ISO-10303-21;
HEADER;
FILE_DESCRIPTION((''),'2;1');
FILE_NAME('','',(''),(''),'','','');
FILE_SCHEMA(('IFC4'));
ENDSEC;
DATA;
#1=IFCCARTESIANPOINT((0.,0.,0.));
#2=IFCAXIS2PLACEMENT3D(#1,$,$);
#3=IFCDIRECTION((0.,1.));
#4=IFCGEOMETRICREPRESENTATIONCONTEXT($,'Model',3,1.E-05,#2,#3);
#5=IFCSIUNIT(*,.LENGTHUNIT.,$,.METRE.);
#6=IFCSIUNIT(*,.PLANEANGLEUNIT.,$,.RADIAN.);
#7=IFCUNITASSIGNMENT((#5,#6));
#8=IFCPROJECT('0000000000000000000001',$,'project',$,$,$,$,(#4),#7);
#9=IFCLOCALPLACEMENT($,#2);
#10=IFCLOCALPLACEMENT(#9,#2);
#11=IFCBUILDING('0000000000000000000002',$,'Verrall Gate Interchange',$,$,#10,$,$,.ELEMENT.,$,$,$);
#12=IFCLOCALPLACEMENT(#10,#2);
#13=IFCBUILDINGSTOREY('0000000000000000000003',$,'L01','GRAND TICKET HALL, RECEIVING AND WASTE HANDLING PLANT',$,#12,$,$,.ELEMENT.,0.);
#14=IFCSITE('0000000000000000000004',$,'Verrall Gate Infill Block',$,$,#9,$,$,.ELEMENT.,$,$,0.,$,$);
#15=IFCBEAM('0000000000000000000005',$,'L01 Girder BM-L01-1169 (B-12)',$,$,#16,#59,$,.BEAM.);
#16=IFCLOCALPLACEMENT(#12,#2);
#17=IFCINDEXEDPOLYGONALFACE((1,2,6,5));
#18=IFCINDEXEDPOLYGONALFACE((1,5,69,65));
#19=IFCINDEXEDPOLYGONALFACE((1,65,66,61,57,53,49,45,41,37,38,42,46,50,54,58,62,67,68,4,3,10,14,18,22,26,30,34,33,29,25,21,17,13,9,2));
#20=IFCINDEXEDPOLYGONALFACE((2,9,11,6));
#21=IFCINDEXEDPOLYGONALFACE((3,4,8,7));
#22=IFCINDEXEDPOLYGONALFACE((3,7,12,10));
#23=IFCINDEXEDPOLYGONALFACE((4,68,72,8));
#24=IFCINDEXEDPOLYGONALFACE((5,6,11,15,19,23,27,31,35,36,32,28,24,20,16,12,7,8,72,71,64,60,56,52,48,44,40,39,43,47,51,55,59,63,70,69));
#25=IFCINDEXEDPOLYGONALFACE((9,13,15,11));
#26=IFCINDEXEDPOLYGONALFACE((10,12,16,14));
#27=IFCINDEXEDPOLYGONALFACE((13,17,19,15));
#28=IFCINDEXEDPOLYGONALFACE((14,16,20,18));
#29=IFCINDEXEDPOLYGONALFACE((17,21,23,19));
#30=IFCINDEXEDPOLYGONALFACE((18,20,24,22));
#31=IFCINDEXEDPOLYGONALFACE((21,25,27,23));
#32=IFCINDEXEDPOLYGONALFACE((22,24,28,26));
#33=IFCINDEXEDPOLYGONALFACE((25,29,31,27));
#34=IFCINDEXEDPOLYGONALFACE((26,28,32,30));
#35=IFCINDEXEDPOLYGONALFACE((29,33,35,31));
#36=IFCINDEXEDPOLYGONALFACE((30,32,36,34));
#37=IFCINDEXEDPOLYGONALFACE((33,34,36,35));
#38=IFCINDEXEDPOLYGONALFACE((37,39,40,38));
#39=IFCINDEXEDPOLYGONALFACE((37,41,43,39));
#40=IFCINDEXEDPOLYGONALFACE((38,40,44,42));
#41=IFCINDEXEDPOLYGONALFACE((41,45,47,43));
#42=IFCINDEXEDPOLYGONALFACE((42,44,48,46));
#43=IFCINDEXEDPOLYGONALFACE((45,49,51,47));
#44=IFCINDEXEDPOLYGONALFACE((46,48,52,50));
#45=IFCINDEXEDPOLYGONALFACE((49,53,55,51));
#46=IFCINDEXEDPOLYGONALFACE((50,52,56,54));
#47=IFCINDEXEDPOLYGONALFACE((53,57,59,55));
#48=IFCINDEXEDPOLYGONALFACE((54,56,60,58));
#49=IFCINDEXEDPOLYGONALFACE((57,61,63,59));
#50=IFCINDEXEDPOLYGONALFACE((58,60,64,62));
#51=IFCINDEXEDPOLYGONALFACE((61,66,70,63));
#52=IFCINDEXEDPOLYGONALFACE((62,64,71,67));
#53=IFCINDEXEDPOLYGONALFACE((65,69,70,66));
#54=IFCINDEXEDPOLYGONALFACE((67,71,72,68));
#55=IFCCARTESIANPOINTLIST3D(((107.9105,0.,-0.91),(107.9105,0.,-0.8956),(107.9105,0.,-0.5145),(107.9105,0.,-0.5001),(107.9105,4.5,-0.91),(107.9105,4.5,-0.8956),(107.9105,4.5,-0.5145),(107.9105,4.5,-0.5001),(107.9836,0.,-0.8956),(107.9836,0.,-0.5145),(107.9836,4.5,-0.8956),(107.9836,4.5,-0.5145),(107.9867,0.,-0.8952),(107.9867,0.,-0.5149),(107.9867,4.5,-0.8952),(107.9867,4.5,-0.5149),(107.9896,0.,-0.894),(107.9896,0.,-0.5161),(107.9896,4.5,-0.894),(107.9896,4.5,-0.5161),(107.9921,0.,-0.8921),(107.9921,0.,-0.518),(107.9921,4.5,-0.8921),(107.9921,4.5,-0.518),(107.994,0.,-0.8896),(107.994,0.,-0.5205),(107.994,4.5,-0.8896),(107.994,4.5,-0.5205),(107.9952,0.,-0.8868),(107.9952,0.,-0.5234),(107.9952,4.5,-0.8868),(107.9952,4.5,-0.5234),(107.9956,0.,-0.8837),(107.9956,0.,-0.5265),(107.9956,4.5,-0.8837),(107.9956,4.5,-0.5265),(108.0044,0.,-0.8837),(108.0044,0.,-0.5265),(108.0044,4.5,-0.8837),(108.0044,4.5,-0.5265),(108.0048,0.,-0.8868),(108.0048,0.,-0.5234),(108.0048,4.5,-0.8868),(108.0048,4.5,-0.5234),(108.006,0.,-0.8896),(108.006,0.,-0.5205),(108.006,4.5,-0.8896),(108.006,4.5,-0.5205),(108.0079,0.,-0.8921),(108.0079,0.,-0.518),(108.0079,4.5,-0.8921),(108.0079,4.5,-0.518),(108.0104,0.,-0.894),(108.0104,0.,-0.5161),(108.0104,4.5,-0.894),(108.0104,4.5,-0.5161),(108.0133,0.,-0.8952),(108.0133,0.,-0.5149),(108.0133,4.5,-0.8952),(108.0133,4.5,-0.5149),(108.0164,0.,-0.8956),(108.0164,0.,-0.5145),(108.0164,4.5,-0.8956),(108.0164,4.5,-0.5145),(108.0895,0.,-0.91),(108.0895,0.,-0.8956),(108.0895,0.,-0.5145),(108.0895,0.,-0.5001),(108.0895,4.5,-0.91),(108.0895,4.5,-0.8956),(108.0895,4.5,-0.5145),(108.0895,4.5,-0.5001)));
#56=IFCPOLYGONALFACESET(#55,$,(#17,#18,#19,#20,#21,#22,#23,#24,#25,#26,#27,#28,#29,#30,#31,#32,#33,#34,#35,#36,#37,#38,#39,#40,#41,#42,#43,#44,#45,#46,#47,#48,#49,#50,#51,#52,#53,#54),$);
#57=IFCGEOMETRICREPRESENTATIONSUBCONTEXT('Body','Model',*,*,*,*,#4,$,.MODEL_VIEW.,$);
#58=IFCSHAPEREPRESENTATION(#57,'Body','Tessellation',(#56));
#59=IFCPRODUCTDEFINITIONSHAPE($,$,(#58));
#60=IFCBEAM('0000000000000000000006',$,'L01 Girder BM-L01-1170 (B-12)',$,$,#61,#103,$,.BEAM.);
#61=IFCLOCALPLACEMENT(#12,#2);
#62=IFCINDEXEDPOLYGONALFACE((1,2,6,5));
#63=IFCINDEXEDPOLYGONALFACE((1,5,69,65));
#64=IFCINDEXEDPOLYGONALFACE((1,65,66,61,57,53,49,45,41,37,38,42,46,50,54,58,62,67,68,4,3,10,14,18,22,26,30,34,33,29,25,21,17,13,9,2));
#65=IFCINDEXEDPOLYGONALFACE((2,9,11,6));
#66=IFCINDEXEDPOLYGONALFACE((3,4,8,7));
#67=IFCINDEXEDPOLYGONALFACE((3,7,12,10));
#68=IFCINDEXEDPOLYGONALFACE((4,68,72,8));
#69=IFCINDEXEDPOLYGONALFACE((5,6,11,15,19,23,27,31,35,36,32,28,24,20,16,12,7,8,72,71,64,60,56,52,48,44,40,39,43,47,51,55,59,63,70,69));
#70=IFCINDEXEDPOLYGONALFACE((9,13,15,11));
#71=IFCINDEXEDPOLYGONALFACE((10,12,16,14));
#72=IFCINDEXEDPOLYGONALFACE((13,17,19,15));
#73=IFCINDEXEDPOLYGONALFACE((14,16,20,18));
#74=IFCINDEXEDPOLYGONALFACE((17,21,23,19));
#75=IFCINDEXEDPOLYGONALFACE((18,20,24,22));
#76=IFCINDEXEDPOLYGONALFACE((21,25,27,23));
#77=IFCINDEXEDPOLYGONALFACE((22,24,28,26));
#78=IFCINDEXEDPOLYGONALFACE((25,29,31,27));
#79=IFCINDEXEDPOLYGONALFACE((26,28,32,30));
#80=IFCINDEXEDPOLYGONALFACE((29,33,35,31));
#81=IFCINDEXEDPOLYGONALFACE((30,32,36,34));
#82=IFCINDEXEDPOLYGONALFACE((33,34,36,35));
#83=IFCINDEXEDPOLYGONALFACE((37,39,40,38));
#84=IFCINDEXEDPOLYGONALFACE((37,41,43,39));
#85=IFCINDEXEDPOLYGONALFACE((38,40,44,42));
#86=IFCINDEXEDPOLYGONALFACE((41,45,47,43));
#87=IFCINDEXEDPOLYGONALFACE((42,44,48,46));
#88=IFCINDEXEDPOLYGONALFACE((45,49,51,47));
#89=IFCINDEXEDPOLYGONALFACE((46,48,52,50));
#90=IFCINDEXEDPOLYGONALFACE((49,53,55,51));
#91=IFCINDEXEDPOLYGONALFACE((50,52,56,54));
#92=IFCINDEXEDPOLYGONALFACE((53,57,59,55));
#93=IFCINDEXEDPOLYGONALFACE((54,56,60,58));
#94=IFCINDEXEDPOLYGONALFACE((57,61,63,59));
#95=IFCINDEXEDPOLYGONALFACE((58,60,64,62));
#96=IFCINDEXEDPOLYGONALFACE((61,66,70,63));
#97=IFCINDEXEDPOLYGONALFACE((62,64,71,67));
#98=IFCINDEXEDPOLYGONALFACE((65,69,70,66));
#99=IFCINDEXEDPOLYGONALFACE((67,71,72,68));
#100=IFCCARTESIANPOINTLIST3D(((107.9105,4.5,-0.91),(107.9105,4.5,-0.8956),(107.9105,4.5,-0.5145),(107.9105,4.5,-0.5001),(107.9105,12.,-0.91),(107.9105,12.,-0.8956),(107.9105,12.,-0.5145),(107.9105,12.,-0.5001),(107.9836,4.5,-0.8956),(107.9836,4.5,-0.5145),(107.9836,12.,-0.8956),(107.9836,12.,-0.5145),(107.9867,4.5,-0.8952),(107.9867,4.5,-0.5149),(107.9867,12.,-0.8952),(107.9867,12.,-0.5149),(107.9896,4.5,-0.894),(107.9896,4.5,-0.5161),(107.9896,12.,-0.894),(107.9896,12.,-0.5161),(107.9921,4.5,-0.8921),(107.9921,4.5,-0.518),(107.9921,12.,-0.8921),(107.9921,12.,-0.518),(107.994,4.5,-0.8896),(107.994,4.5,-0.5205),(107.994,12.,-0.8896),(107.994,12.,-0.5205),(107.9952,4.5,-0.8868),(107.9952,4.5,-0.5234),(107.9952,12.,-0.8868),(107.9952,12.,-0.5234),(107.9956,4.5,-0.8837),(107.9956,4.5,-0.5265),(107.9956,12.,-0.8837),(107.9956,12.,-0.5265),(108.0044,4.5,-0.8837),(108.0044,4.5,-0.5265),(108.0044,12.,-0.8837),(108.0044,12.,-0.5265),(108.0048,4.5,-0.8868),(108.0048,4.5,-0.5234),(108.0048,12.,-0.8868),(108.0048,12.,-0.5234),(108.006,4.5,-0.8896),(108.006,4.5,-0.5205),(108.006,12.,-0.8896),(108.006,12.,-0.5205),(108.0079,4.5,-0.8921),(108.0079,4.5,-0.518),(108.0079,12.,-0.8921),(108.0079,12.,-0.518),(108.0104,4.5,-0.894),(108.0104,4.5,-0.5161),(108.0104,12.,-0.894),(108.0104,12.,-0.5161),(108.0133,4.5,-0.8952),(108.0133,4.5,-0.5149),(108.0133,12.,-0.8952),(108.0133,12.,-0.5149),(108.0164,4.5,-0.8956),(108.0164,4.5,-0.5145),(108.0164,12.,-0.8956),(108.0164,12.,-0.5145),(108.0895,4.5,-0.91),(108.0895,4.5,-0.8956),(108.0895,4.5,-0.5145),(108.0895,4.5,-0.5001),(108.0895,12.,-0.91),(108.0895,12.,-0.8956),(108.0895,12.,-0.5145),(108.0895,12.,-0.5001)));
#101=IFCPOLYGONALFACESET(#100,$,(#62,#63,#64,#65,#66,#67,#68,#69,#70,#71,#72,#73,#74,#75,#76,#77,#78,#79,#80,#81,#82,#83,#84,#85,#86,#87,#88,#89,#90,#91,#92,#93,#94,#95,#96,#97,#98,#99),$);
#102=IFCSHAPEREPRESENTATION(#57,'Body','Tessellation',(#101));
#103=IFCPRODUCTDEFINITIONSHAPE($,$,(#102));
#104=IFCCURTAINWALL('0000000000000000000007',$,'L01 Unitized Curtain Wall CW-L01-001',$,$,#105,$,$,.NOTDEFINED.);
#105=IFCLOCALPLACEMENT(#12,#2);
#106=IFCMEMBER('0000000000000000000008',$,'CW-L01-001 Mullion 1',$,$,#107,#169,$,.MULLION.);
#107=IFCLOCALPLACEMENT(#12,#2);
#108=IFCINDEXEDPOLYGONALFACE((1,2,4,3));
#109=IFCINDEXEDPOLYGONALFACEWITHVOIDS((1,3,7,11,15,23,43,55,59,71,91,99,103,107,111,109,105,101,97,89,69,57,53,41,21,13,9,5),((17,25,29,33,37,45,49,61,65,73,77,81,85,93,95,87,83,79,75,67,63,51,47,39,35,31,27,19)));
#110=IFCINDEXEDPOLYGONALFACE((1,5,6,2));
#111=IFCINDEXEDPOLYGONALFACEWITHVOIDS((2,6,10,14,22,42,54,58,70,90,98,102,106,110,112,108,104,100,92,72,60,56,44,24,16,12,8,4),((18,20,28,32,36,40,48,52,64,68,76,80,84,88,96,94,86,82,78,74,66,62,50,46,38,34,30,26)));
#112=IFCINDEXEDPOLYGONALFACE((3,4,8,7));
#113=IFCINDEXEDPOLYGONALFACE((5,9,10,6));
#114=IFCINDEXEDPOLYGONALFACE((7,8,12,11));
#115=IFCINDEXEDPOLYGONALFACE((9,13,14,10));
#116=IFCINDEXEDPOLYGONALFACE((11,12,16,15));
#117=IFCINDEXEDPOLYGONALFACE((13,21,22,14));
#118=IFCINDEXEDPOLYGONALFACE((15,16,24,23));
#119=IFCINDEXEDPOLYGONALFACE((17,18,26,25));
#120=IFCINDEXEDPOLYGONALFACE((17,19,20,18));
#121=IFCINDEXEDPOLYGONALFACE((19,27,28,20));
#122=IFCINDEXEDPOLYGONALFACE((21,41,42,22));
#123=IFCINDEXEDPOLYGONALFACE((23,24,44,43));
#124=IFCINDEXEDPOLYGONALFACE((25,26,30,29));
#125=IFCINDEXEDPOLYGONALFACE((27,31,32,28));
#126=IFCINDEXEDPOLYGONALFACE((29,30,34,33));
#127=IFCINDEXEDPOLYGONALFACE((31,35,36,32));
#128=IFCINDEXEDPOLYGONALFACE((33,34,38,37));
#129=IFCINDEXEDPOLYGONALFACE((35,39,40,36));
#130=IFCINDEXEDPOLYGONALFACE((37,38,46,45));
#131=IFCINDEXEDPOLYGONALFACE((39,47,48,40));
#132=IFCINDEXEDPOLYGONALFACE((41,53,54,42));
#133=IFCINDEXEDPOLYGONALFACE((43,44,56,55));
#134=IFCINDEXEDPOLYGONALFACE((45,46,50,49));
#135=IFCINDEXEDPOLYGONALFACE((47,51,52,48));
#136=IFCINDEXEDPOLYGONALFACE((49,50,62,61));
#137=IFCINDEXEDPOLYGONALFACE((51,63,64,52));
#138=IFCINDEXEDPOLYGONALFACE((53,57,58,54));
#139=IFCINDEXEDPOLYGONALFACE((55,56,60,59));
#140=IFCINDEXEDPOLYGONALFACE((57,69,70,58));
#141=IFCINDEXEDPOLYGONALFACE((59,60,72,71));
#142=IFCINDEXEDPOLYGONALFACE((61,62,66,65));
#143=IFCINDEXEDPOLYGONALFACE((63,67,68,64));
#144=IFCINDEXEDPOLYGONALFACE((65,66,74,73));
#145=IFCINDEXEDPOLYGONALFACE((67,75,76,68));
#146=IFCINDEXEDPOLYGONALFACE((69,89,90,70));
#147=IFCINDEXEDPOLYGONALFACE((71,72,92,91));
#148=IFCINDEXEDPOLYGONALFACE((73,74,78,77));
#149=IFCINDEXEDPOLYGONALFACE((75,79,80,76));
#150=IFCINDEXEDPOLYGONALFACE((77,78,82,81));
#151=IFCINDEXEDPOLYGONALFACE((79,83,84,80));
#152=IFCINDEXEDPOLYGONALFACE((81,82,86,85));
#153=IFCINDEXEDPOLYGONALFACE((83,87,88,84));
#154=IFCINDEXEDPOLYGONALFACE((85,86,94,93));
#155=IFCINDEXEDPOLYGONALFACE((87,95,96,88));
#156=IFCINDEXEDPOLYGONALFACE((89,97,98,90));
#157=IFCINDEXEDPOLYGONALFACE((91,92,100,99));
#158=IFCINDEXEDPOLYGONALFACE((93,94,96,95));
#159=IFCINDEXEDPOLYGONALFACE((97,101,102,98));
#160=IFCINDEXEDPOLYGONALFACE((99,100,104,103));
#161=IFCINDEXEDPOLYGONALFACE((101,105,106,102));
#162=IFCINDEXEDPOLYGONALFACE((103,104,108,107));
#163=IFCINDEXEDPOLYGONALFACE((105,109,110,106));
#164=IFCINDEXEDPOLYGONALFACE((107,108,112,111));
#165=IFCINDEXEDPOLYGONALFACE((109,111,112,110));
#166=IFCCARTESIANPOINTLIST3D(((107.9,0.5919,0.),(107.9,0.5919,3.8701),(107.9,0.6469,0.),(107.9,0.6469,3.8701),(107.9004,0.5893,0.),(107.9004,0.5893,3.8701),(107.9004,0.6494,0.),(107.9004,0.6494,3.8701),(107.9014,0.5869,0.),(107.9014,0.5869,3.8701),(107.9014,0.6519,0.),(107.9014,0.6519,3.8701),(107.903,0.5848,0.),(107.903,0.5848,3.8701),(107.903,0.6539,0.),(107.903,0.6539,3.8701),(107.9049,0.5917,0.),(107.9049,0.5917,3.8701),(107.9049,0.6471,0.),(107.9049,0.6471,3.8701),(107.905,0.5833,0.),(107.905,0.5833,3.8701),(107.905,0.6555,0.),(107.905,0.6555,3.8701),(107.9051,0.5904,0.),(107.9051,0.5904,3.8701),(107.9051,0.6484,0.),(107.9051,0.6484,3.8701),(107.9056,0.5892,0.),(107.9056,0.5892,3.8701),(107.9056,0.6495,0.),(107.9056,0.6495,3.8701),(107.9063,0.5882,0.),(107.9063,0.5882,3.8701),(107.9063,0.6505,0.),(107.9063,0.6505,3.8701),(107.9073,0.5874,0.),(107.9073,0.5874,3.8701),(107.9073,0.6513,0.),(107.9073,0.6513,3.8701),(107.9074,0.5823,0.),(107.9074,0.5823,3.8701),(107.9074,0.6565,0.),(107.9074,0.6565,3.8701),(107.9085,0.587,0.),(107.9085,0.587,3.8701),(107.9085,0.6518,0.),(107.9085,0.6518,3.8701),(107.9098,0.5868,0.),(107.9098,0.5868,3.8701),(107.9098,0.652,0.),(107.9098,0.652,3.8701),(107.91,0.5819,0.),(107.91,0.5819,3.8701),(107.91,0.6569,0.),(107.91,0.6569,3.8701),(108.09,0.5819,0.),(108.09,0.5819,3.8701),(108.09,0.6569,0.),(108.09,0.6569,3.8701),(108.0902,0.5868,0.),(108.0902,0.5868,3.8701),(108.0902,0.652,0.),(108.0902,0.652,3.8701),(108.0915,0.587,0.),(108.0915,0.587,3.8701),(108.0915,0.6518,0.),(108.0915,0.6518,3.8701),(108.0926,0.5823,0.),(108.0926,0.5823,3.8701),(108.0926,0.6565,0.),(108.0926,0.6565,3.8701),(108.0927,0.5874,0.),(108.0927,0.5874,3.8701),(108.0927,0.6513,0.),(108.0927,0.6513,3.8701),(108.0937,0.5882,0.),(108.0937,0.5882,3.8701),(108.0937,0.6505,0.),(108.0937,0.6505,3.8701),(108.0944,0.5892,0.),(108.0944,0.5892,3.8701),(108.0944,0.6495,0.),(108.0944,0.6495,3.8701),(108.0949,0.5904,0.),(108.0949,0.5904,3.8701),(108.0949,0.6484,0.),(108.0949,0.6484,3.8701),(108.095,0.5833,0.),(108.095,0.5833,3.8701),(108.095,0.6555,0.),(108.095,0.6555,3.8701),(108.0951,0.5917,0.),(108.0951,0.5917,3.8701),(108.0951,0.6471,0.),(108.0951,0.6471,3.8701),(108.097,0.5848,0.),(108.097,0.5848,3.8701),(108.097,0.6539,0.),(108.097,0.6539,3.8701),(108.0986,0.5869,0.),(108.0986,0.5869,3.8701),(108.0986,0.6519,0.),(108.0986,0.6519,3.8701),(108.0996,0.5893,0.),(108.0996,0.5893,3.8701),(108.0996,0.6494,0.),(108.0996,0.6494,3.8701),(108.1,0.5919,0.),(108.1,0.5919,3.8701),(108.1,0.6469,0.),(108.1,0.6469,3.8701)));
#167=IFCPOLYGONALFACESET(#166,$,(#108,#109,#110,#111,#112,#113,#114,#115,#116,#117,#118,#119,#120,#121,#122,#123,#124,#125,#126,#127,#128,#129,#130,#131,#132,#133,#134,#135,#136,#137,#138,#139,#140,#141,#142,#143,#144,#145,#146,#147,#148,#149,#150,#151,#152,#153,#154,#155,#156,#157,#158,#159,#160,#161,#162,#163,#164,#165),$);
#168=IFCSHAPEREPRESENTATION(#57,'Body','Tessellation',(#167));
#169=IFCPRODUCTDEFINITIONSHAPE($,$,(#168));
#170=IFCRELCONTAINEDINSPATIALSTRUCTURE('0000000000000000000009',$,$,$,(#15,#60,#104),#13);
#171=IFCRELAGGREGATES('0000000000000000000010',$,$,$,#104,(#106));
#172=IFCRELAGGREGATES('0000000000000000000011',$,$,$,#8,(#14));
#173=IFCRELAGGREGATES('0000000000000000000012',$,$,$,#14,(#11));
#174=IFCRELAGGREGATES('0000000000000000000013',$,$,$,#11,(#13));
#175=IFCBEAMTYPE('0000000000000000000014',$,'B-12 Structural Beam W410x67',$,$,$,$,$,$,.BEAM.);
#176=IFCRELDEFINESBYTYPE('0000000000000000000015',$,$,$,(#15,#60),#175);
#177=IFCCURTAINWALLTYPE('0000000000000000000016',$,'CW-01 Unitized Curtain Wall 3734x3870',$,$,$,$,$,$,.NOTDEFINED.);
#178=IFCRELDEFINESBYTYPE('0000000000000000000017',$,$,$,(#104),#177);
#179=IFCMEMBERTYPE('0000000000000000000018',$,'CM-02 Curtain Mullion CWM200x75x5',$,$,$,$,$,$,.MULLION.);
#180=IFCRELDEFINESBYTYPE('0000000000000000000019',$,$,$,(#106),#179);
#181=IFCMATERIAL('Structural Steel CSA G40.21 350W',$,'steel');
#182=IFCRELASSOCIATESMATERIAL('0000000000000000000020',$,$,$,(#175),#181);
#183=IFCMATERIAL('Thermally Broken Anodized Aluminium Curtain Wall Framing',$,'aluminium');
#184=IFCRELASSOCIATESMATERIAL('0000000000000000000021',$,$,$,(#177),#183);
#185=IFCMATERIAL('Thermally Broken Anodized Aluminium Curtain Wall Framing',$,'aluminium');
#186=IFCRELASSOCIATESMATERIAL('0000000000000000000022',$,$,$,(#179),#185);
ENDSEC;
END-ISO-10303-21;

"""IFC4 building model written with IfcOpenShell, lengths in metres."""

from ifc_helpers import new_model, si_unit, direction, frame, origin, origin_2d, place, context, subcontext, project, spatial, hollow_rectangle, i_section, extrude, material, material_profile, profile_set, type_object, element, aggregate, save


model = new_model("IFC4")

# Units and contexts
model_context = context("Model", 3, precision=1e-05, world=origin(), true_north=direction((0.0, 1.0)))
body_context = subcontext(model_context, "Body", "Model", "MODEL_VIEW")
ifc_project = project(units=[si_unit("LENGTHUNIT", "METRE"), si_unit("PLANEANGLEUNIT", "RADIAN")], contexts=[model_context])

# Site, building, storey
site_placement = place(None, origin())
site = spatial("IfcSite", under=ifc_project, at=site_placement, Name="Verrall Gate Infill Block", CompositionType="ELEMENT", RefElevation=0.0)
building_placement = place(site_placement, origin())
building = spatial("IfcBuilding", under=site, at=building_placement, Name="Verrall Gate Interchange", CompositionType="ELEMENT")
storey_placement = place(building_placement, origin())
storey = spatial("IfcBuildingStorey", under=building, at=storey_placement, Name="L01", Description="GRAND TICKET HALL, RECEIVING AND WASTE HANDLING PLANT", CompositionType="ELEMENT", Elevation=0.0)

# Beams
ifc_material_1 = material(Name="Structural Steel CSA G40.21 350W", Category="steel")
ifc_material_profile_1 = material_profile(ifc_material_1, i_section(OverallWidth=0.179, OverallDepth=0.4099, WebThickness=0.0088, FlangeThickness=0.0144, FilletRadius=0.012, at=origin_2d()), Name="W410x67")
ifc_profile_set_1 = profile_set([ifc_material_profile_1], Name="Structural Steel CSA G40.21 350W")
beam_type_1 = type_object("IfcBeamType", Name="B-12 Structural Beam W410x67", PredefinedType="BEAM", material=ifc_profile_set_1)
beam_1_placement = place(storey_placement, frame((108.0, 0.0, -0.7051), z_axis=(0.0, 1.0, 0.0), x_axis=(-1.0, 0.0, 0.0)))
element("IfcBeam", 1, at=beam_1_placement, inside=storey, type_object=beam_type_1, Name="L01 Girder BM-L01-1169 (B-12)", PredefinedType="BEAM", context=body_context, shape_type="SweptSolid", body=[
    extrude(i_section(OverallWidth=0.179, OverallDepth=0.4099, WebThickness=0.0088, FlangeThickness=0.0144, FilletRadius=0.012, at=origin_2d()), origin(), (0.0, 0.0, 1.0), 4.5),
])
beam_2_placement = place(storey_placement, frame((108.0, 4.5, -0.7051), z_axis=(0.0, 1.0, 0.0), x_axis=(-1.0, 0.0, 0.0)))
element("IfcBeam", 2, at=beam_2_placement, inside=storey, type_object=beam_type_1, Name="L01 Girder BM-L01-1170 (B-12)", PredefinedType="BEAM", context=body_context, shape_type="SweptSolid", body=[
    extrude(i_section(OverallWidth=0.179, OverallDepth=0.4099, WebThickness=0.0088, FlangeThickness=0.0144, FilletRadius=0.012, at=origin_2d()), origin(), (0.0, 0.0, 1.0), 7.5),
])

# Curtain wall, member
ifc_material_2 = material(Name="Thermally Broken Anodized Aluminium Curtain Wall Framing", Category="aluminium")
curtain_wall_type_1 = type_object("IfcCurtainWallType", Name="CW-01 Unitized Curtain Wall 3734x3870", PredefinedType="NOTDEFINED", material=ifc_material_2)
curtain_wall_1_placement = place(storey_placement, origin())
curtain_wall_1 = element("IfcCurtainWall", 3, at=curtain_wall_1_placement, inside=storey, type_object=curtain_wall_type_1, Name="L01 Unitized Curtain Wall CW-L01-001", PredefinedType="NOTDEFINED")
ifc_material_3 = material(Name="Thermally Broken Anodized Aluminium Curtain Wall Framing", Category="aluminium")
ifc_material_profile_2 = material_profile(ifc_material_3, hollow_rectangle(XDim=0.075, YDim=0.2, WallThickness=0.0049, InnerFilletRadius=0.0049, OuterFilletRadius=0.01, at=origin_2d()), Name="CWM200x75x5")
ifc_profile_set_2 = profile_set([ifc_material_profile_2], Name="Thermally Broken Anodized Aluminium Curtain Wall Framing")
member_type_1 = type_object("IfcMemberType", Name="CM-02 Curtain Mullion CWM200x75x5", PredefinedType="MULLION", material=ifc_profile_set_2)
member_1_placement = place(storey_placement, frame((108.0, 0.6194, 0.0), z_axis=(0.0, 0.0, 1.0), x_axis=(0.0, 1.0, 0.0)))
member_1 = element("IfcMember", 4, at=member_1_placement, type_object=member_type_1, Name="CW-L01-001 Mullion 1", PredefinedType="MULLION", context=body_context, shape_type="SweptSolid", body=[
    extrude(hollow_rectangle(XDim=0.075, YDim=0.2, WallThickness=0.0049, InnerFilletRadius=0.0049, OuterFilletRadius=0.01, at=origin_2d()), origin(), (0.0, 0.0, 1.0), 3.8701),
])

aggregate(curtain_wall_1, [member_1])

save(model, "model.ifc")
